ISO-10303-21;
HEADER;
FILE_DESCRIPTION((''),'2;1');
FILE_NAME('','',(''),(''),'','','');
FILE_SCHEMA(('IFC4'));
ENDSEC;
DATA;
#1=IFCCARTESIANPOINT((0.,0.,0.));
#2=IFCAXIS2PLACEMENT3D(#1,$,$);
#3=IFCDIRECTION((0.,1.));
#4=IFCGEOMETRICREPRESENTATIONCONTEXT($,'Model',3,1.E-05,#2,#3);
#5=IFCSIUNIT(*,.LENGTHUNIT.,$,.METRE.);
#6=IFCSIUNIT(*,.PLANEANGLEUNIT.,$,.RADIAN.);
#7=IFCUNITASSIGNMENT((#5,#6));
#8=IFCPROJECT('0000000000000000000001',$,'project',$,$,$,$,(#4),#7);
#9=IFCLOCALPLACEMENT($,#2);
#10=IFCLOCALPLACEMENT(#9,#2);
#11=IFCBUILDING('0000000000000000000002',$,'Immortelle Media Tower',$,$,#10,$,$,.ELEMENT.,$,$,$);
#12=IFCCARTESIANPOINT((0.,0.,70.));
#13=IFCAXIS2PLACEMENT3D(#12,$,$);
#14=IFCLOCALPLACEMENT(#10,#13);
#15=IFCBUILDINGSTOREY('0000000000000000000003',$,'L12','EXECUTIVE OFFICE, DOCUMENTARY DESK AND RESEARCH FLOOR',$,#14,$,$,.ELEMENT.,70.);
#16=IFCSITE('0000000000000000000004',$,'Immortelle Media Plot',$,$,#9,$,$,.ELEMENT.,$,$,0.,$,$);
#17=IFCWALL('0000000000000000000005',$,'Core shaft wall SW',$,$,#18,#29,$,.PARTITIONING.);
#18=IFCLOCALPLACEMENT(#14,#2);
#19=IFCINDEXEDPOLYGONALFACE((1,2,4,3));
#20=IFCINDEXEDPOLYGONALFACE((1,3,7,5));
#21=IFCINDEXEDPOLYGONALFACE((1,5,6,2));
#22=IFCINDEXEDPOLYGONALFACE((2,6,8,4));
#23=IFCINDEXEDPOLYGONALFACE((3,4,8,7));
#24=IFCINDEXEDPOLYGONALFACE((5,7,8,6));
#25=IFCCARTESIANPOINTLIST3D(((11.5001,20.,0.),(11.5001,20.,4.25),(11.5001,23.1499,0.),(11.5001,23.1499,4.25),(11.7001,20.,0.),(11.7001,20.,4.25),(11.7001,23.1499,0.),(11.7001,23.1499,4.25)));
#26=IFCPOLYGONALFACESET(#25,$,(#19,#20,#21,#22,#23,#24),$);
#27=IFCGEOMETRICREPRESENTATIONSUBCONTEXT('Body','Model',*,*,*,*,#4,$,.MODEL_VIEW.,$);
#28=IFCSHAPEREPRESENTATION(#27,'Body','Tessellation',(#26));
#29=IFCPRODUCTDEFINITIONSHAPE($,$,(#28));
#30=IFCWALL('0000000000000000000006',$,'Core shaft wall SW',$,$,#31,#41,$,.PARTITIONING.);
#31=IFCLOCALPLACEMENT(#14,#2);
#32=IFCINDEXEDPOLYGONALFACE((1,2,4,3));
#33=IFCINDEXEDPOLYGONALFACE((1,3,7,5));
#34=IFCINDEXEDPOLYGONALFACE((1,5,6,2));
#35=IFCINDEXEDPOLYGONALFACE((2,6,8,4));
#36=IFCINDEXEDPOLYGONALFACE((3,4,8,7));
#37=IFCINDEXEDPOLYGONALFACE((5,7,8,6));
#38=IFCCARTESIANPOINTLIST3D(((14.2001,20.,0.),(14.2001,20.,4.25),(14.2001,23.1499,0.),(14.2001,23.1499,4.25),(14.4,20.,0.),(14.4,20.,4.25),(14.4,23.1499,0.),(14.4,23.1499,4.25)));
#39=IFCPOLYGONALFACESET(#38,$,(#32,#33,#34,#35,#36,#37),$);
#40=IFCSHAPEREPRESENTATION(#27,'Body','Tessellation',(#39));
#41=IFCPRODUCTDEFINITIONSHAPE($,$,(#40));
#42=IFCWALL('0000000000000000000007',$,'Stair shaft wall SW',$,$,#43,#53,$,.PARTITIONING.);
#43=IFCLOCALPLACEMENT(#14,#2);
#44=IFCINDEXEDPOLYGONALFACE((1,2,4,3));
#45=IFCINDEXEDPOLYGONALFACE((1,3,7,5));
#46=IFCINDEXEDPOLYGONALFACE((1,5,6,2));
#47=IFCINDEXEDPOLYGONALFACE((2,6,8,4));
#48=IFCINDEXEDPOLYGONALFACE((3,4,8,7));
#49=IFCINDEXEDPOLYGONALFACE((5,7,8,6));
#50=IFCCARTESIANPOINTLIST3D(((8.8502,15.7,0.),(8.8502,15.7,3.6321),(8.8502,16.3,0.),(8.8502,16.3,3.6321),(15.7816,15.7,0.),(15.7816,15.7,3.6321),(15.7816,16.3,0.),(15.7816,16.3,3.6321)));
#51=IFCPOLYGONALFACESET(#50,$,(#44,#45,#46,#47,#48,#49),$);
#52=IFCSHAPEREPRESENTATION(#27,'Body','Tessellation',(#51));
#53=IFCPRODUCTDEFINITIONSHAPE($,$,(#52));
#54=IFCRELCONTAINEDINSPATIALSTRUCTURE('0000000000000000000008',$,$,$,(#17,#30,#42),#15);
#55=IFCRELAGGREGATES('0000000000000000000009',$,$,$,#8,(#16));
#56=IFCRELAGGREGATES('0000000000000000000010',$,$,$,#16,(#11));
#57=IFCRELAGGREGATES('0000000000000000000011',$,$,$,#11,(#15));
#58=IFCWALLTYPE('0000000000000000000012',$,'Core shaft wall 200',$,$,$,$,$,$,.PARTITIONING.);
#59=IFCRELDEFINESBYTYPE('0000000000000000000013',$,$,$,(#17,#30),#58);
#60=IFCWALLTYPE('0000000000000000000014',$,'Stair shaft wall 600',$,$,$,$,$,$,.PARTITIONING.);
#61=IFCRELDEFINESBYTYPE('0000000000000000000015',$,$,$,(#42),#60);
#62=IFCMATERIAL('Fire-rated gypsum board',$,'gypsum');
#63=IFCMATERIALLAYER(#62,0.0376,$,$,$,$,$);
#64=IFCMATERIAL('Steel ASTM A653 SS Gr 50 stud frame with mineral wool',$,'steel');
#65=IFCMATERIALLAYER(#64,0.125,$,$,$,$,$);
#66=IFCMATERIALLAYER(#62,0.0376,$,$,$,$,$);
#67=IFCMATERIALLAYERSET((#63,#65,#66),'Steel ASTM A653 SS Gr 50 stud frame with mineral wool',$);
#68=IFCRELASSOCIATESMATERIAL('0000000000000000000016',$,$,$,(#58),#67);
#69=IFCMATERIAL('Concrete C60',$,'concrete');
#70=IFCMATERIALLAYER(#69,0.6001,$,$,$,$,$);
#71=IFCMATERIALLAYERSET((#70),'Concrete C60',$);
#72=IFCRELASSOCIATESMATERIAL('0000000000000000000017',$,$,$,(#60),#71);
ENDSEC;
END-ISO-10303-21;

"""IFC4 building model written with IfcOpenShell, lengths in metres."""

from ifc_helpers import new_model, si_unit, direction, frame, frame_2d, origin, place, context, subcontext, project, spatial, rectangle, extrude, material, layer, layer_set, type_object, element, save


model = new_model("IFC4")

# Units and contexts
model_context = context("Model", 3, precision=1e-05, world=origin(), true_north=direction((0.0, 1.0)))
body_context = subcontext(model_context, "Body", "Model", "MODEL_VIEW")
ifc_project = project(units=[si_unit("LENGTHUNIT", "METRE"), si_unit("PLANEANGLEUNIT", "RADIAN")], contexts=[model_context])

# Site, building, storey
site_placement = place(None, origin())
site = spatial("IfcSite", under=ifc_project, at=site_placement, Name="Immortelle Media Plot", CompositionType="ELEMENT", RefElevation=0.0)
building_placement = place(site_placement, origin())
building = spatial("IfcBuilding", under=site, at=building_placement, Name="Immortelle Media Tower", CompositionType="ELEMENT")
storey_placement = place(building_placement, frame((0.0, 0.0, 70.0)))
storey = spatial("IfcBuildingStorey", under=building, at=storey_placement, Name="L12", Description="EXECUTIVE OFFICE, DOCUMENTARY DESK AND RESEARCH FLOOR", CompositionType="ELEMENT", Elevation=70.0)

# Shared definitions
ifc_material_1 = material(Name="Fire-rated gypsum board", Category="gypsum")
ifc_material_2 = material(Name="Steel ASTM A653 SS Gr 50 stud frame with mineral wool", Category="steel")

# Shared definitions
ifc_layer_1 = layer(ifc_material_1, 0.0376)
ifc_layer_2 = layer(ifc_material_2, 0.125)
ifc_layer_3 = layer(ifc_material_1, 0.0376)
ifc_layer_set_1 = layer_set([ifc_layer_1, ifc_layer_2, ifc_layer_3], Name="Steel ASTM A653 SS Gr 50 stud frame with mineral wool")
wall_type_1 = type_object("IfcWallType", Name="Core shaft wall 200", PredefinedType="PARTITIONING", material=ifc_layer_set_1)

# Walls
for number, where, z_axis, x_axis, name in (
    (1, (11.6001, 20.0, 0.0), (0.0, 0.0, 1.0), (0.0, 1.0, 0.0), "Core shaft wall SW"),
    (2, (14.3, 20.0, 0.0), (0.0, 0.0, 1.0), (0.0, 1.0, 0.0), "Core shaft wall SW"),
):
    element("IfcWall", number, at=place(storey_placement, frame(where, z_axis=z_axis, x_axis=x_axis)), inside=storey, type_object=wall_type_1, Name=name, PredefinedType="PARTITIONING", context=body_context, shape_type="SweptSolid", body=[
        extrude(rectangle(XDim=3.1499, YDim=0.2, at=frame_2d((1.575, 0.0))), origin(), (0.0, 0.0, 1.0), 4.25),
    ])
ifc_material_3 = material(Name="Concrete C60", Category="concrete")
ifc_layer_4 = layer(ifc_material_3, 0.6001)
ifc_layer_set_2 = layer_set([ifc_layer_4], Name="Concrete C60")
wall_type_2 = type_object("IfcWallType", Name="Stair shaft wall 600", PredefinedType="PARTITIONING", material=ifc_layer_set_2)
wall_1_placement = place(storey_placement, frame((8.8501, 16.0, 0.0), z_axis=(0.0, 0.0, 1.0), x_axis=(1.0, 0.0, 0.0)))
element("IfcWall", 3, at=wall_1_placement, inside=storey, type_object=wall_type_2, Name="Stair shaft wall SW", PredefinedType="PARTITIONING", context=body_context, shape_type="SweptSolid", body=[
    extrude(rectangle(XDim=6.9314, YDim=0.6001, at=frame_2d((3.4658, 0.0))), origin(), (0.0, 0.0, 1.0), 3.6321),
])

save(model, "model.ifc")
